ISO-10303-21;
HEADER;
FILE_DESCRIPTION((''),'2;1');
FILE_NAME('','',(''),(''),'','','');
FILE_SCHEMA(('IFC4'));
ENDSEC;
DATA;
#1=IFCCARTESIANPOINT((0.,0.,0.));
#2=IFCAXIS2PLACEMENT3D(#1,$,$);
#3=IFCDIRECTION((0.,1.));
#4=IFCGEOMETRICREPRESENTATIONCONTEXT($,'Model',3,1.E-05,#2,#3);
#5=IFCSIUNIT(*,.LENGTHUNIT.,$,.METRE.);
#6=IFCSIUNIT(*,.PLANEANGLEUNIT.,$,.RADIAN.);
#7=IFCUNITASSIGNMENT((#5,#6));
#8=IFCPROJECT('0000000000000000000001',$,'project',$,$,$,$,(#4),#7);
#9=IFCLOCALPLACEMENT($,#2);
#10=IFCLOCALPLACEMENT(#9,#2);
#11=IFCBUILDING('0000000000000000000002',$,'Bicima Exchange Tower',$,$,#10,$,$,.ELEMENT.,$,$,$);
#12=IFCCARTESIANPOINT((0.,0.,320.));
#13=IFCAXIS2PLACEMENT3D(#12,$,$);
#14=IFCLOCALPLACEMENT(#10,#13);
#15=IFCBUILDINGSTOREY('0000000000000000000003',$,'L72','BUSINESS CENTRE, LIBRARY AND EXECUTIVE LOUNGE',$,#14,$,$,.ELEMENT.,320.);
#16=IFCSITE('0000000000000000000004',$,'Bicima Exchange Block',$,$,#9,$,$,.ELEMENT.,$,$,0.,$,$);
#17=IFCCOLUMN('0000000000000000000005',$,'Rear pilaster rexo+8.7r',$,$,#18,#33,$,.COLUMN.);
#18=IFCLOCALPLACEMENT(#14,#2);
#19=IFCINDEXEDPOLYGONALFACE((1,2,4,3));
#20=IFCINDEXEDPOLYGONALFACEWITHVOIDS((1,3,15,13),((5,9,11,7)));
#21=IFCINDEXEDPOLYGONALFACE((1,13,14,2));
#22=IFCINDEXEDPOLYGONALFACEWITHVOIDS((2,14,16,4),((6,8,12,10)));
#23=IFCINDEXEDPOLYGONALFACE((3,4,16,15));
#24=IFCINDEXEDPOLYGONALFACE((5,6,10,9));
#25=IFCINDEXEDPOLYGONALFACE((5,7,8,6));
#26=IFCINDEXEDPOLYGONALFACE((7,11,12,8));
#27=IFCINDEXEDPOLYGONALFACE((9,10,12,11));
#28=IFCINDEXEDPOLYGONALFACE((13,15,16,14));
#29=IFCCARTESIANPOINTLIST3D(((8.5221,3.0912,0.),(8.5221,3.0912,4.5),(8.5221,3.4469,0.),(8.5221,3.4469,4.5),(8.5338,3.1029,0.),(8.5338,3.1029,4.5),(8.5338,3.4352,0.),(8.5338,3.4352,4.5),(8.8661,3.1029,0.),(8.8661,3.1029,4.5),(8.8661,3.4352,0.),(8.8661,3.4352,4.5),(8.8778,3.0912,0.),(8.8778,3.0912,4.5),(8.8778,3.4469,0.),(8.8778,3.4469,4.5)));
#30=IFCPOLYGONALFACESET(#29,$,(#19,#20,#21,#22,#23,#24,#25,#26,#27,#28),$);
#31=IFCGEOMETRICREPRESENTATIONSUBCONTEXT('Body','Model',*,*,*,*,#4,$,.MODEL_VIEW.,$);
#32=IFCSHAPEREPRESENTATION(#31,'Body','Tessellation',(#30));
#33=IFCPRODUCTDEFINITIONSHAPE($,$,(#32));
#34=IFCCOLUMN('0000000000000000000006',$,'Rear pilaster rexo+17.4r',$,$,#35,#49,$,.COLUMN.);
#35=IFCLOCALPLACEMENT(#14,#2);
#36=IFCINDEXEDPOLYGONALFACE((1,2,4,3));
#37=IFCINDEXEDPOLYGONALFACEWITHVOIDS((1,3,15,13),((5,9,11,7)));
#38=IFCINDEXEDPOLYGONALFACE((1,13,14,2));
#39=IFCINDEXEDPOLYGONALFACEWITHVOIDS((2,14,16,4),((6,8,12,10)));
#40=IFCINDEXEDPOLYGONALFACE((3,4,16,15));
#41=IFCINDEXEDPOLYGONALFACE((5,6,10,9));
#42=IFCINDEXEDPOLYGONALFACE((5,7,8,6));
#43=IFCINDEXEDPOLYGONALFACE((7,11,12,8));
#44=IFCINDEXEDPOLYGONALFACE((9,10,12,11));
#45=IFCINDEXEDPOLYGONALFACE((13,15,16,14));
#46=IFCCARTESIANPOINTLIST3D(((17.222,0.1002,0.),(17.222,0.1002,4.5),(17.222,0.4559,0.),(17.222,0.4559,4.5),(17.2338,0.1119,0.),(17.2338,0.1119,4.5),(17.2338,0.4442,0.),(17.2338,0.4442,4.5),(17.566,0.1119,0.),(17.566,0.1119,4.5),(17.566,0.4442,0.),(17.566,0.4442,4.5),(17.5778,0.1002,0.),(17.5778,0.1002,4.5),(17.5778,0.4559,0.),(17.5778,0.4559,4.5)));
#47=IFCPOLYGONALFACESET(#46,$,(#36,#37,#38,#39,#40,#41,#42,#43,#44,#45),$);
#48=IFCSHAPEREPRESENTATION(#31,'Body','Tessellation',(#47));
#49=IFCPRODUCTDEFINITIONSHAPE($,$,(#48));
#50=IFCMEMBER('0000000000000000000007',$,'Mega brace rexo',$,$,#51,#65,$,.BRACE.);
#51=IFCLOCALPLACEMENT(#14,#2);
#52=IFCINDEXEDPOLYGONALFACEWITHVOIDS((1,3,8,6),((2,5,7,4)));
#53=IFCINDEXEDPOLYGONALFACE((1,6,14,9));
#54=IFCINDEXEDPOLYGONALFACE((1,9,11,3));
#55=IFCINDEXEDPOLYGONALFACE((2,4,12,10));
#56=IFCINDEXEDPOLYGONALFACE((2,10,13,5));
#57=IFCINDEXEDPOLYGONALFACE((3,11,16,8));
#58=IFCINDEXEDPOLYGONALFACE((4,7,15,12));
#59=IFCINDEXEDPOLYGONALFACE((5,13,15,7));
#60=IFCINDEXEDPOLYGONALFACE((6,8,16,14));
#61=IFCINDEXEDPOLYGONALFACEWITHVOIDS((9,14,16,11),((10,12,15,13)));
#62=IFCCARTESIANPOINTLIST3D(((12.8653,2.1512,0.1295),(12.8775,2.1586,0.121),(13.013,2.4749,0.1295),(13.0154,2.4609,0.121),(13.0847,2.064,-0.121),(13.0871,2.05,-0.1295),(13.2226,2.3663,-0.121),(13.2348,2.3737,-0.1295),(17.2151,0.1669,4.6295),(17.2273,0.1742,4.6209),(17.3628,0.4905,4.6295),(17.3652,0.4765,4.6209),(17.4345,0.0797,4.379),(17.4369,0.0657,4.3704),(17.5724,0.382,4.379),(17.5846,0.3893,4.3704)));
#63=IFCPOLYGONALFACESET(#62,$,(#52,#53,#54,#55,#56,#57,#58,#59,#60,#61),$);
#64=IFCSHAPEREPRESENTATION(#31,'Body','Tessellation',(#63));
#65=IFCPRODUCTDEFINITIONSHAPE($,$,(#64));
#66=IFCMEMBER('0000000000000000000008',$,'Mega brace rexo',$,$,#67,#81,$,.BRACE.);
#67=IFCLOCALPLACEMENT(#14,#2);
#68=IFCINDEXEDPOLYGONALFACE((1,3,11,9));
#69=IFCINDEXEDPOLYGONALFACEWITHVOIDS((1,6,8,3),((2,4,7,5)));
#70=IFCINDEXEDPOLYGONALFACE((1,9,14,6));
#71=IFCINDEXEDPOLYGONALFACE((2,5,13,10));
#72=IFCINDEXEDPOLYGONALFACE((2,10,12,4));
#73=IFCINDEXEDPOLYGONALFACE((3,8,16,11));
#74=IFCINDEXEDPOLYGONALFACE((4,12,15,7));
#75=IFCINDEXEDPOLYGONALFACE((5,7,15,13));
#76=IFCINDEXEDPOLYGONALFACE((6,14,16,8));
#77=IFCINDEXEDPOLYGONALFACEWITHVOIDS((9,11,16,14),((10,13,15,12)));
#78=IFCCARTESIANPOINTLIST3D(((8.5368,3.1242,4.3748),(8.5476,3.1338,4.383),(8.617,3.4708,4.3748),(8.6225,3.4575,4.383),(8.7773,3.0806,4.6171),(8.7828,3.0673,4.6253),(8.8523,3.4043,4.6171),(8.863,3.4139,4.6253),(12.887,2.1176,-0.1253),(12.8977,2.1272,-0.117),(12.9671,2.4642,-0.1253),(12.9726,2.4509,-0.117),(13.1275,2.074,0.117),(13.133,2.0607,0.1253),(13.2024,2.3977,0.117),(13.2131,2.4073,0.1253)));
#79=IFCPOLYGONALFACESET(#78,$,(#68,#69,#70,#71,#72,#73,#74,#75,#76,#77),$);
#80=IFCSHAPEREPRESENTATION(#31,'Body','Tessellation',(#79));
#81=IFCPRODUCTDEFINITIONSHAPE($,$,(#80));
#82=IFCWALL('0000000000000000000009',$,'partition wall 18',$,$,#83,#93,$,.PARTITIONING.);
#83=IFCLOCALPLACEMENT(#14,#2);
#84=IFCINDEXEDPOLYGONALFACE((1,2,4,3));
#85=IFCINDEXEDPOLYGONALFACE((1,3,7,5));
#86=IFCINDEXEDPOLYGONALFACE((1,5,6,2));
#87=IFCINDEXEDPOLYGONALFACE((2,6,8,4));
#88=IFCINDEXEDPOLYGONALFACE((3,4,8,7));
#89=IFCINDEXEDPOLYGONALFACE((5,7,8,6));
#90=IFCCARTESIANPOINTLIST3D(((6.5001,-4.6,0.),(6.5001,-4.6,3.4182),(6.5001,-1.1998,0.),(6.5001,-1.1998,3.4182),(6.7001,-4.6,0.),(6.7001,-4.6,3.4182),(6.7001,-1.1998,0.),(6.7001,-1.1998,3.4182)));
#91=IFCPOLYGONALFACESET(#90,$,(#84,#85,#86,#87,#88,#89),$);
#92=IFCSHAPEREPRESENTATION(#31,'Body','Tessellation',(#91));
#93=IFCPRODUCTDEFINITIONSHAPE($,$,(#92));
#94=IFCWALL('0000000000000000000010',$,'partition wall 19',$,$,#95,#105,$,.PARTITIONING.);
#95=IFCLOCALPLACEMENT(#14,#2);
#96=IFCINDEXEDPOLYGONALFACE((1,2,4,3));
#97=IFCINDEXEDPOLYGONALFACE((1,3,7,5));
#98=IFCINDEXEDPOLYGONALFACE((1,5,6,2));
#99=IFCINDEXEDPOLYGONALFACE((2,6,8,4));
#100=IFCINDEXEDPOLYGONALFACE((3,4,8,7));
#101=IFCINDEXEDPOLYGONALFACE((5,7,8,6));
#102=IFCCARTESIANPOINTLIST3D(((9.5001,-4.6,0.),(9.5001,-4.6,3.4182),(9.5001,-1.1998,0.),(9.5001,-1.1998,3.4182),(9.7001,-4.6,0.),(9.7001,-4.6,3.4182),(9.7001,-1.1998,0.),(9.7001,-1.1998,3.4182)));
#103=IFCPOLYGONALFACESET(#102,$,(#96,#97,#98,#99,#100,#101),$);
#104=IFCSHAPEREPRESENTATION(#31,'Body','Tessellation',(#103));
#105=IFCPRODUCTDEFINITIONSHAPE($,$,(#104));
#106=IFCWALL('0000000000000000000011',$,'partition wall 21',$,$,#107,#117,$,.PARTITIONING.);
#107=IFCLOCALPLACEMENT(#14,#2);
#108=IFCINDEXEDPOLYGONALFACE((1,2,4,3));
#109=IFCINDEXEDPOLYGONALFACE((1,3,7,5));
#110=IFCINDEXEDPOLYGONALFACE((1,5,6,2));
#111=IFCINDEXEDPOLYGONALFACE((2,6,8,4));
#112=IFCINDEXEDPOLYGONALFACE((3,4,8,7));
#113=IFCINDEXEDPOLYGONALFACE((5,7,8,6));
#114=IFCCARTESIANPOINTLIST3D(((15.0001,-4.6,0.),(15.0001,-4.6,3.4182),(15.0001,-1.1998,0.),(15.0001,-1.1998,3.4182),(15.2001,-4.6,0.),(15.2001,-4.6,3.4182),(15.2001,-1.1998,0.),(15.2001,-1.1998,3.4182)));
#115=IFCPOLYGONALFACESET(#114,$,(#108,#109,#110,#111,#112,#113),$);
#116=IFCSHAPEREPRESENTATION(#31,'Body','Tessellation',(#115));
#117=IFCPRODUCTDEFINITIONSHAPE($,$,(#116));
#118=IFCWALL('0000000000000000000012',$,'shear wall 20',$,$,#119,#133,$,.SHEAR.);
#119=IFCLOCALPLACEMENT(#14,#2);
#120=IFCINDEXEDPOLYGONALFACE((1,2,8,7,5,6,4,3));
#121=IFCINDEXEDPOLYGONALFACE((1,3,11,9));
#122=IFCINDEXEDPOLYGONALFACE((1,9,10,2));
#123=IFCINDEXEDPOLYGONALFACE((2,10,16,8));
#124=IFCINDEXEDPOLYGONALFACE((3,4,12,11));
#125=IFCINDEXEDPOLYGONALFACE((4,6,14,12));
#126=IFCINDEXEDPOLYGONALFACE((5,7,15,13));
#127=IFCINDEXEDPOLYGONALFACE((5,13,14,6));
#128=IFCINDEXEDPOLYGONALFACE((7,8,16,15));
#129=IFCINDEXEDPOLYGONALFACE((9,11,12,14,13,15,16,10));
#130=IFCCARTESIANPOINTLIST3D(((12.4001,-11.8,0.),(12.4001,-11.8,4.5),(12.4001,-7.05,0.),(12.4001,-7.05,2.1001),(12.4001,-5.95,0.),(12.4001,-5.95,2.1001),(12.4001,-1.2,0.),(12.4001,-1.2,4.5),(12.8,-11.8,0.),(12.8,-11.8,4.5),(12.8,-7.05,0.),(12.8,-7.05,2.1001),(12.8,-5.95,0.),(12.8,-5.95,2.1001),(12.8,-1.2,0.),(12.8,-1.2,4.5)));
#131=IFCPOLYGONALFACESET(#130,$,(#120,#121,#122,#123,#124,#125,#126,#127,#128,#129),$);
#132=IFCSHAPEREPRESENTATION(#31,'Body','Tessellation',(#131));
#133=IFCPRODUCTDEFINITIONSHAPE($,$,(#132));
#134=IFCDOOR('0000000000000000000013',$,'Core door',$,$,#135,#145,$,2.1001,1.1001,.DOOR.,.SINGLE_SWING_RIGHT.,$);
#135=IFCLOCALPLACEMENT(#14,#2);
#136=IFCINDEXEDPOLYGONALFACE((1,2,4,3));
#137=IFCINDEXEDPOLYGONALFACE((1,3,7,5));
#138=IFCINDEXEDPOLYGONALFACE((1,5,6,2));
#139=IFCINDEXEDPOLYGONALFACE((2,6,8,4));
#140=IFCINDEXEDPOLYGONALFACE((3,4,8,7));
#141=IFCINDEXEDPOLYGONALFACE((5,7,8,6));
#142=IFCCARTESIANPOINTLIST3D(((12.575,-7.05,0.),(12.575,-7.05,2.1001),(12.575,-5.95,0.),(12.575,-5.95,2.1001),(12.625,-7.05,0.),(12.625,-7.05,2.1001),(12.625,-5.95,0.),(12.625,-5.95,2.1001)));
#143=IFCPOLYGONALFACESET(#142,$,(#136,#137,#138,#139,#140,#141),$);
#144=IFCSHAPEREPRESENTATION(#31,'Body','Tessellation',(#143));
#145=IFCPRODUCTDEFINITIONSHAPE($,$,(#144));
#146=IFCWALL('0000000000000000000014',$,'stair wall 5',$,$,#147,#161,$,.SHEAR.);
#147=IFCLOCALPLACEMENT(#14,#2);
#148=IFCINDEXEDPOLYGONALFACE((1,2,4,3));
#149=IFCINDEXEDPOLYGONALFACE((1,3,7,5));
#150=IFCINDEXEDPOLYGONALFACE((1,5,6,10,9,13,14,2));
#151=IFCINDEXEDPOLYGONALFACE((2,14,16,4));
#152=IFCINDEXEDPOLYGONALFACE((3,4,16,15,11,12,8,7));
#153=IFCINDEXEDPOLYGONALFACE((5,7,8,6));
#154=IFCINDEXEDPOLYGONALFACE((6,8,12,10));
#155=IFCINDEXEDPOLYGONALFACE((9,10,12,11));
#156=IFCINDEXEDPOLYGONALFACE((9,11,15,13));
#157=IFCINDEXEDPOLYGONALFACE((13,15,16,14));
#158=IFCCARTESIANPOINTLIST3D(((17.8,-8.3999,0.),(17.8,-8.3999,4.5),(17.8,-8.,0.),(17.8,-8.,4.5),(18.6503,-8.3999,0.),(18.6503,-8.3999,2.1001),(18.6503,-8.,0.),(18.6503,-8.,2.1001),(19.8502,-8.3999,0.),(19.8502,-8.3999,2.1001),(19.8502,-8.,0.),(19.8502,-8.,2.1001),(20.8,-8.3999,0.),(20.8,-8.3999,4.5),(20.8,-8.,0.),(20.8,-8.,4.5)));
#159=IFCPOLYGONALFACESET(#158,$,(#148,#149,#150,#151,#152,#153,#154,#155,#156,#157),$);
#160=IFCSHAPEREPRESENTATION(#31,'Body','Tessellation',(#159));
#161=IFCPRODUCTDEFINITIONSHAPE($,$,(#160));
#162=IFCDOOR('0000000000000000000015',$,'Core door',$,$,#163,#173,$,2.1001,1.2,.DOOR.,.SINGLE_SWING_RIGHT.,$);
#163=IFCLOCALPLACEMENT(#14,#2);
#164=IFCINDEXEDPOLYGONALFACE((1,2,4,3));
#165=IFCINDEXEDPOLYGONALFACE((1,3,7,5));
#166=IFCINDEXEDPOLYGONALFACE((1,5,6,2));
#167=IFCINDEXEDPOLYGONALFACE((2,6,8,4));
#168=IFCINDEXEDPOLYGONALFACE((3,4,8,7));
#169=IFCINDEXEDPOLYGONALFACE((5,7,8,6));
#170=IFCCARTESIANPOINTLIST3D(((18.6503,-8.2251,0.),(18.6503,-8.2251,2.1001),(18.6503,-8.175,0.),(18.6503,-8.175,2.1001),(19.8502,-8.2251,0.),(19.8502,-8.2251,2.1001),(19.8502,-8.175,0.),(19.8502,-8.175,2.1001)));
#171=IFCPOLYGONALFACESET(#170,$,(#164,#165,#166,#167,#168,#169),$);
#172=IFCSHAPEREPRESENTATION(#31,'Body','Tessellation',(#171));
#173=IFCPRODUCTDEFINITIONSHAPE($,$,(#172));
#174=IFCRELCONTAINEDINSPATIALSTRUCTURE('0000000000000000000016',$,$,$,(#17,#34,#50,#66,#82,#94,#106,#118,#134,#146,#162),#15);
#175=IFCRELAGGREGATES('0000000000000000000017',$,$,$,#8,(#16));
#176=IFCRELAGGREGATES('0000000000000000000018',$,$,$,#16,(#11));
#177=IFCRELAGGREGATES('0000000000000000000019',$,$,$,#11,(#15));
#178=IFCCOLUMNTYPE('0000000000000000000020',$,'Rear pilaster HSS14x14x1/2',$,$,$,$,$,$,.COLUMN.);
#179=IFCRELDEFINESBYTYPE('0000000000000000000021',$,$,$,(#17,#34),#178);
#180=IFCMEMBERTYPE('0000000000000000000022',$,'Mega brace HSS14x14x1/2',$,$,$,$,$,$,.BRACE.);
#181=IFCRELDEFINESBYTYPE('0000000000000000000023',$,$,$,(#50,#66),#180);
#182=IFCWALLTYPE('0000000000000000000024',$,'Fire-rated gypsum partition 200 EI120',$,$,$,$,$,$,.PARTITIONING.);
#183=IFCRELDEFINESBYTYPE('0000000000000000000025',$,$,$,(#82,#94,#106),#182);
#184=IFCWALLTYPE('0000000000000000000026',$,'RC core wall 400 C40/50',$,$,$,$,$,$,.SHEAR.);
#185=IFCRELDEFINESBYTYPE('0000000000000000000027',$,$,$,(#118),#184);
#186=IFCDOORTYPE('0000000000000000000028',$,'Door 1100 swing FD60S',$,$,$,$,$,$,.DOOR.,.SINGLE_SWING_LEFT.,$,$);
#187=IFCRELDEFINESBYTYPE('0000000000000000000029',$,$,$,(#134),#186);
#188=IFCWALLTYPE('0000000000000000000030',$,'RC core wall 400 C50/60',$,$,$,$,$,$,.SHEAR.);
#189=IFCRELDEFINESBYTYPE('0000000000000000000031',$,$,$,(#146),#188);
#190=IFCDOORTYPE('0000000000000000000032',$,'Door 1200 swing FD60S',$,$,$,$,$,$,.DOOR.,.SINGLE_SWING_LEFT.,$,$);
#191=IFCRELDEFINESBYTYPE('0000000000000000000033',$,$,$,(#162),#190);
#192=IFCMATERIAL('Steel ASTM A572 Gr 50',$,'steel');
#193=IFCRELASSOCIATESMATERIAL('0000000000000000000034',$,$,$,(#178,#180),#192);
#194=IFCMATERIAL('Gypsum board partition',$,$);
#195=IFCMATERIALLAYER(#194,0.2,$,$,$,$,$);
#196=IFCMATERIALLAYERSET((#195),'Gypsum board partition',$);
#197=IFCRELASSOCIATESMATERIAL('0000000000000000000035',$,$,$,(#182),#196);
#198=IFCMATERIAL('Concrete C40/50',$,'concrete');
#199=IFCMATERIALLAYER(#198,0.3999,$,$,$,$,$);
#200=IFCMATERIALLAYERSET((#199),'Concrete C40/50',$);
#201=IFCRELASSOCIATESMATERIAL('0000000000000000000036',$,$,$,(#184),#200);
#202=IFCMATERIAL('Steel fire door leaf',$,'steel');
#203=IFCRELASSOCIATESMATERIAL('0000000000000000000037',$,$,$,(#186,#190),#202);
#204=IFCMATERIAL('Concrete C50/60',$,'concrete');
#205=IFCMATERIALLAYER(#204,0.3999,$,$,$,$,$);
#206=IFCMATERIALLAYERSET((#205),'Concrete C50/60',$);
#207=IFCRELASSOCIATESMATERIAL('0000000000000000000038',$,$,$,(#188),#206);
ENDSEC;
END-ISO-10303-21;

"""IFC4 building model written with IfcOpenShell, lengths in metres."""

from ifc_helpers import new_model, si_unit, direction, frame, frame_2d, origin, origin_2d, place, context, subcontext, project, spatial, rectangle, hollow_rectangle, extrude, material, layer, layer_set, material_profile, profile_set, type_object, element, fill, save


model = new_model("IFC4")

# Units and contexts
model_context = context("Model", 3, precision=1e-05, world=origin(), true_north=direction((0.0, 1.0)))
body_context = subcontext(model_context, "Body", "Model", "MODEL_VIEW")
ifc_project = project(units=[si_unit("LENGTHUNIT", "METRE"), si_unit("PLANEANGLEUNIT", "RADIAN")], contexts=[model_context])

# Site, building, storey
site_placement = place(None, origin())
site = spatial("IfcSite", under=ifc_project, at=site_placement, Name="Bicima Exchange Block", CompositionType="ELEMENT", RefElevation=0.0)
building_placement = place(site_placement, origin())
building = spatial("IfcBuilding", under=site, at=building_placement, Name="Bicima Exchange Tower", CompositionType="ELEMENT")
storey_placement = place(building_placement, frame((0.0, 0.0, 320.0)))
storey = spatial("IfcBuildingStorey", under=building, at=storey_placement, Name="L72", Description="BUSINESS CENTRE, LIBRARY AND EXECUTIVE LOUNGE", CompositionType="ELEMENT", Elevation=320.0)

# Columns
ifc_material_1 = material(Name="Steel ASTM A572 Gr 50", Category="steel")
ifc_material_profile = material_profile(ifc_material_1, hollow_rectangle(XDim=0.3557, YDim=0.3557, WallThickness=0.0117, at=origin_2d()))
ifc_profile_set = profile_set([ifc_material_profile], Name="Steel ASTM A572 Gr 50")
column_type = type_object("IfcColumnType", Name="Rear pilaster HSS14x14x1/2", PredefinedType="COLUMN", material=ifc_profile_set)
for number, where, z_axis, x_axis, name in (
    (1, (8.7, 3.269, 0.0), (0.0, 0.0, 1.0), (1.0, 0.0, 0.0), "Rear pilaster rexo+8.7r"),
    (2, (17.3999, 0.2781, 0.0), (0.0, 0.0, 1.0), (1.0, 0.0, 0.0), "Rear pilaster rexo+17.4r"),
):
    element("IfcColumn", number, at=place(storey_placement, frame(where, z_axis=z_axis, x_axis=x_axis)), inside=storey, type_object=column_type, Name=name, PredefinedType="COLUMN", context=body_context, shape_type="SweptSolid", body=[
        extrude(hollow_rectangle(XDim=0.3557, YDim=0.3557, WallThickness=0.0117, at=origin_2d()), origin(), (0.0, 0.0, 1.0), 4.5),
    ])

# Members
member_type = type_object("IfcMemberType", Name="Mega brace HSS14x14x1/2", PredefinedType="BRACE", material=ifc_profile_set)
member_1_placement = place(storey_placement, frame((13.05, 2.2625, 0.0), z_axis=(0.662508, -0.302232, 0.685376), x_axis=(0.415045, 0.909801, 0.0)))
element("IfcMember", 3, at=member_1_placement, inside=storey, type_object=member_type, Name="Mega brace rexo", PredefinedType="BRACE", context=body_context, shape_type="SweptSolid", body=[
    extrude(hollow_rectangle(XDim=0.3557, YDim=0.3557, WallThickness=0.0117, at=origin_2d()), origin(), (0.0, 0.0, 1.0), 6.5657),
])
member_2_placement = place(storey_placement, frame((13.05, 2.2625, 0.0), z_axis=(-0.686212, 0.158786, 0.709859), x_axis=(-0.225439, -0.974257, 0.0)))
element("IfcMember", 4, at=member_2_placement, inside=storey, type_object=member_type, Name="Mega brace rexo", PredefinedType="BRACE", context=body_context, shape_type="SweptSolid", body=[
    extrude(hollow_rectangle(XDim=0.3557, YDim=0.3557, WallThickness=0.0117, at=origin_2d()), origin(), (0.0, 0.0, 1.0), 6.3394),
])

# Walls
ifc_material_2 = material(Name="Gypsum board partition")
ifc_layer_1 = layer(ifc_material_2, 0.2)
ifc_layer_set_1 = layer_set([ifc_layer_1], Name="Gypsum board partition")
wall_type_1 = type_object("IfcWallType", Name="Fire-rated gypsum partition 200 EI120", PredefinedType="PARTITIONING", material=ifc_layer_set_1)
for number, where, z_axis, x_axis, name in (
    (5, (6.6001, -4.6001, 0.0), (0.0, 0.0, 1.0), (0.0, 1.0, 0.0), "partition wall 18"),
    (6, (9.6001, -4.6001, 0.0), (0.0, 0.0, 1.0), (0.0, 1.0, 0.0), "partition wall 19"),
    (7, (15.1001, -4.6001, 0.0), (0.0, 0.0, 1.0), (0.0, 1.0, 0.0), "partition wall 21"),
):
    element("IfcWall", number, at=place(storey_placement, frame(where, z_axis=z_axis, x_axis=x_axis)), inside=storey, type_object=wall_type_1, Name=name, PredefinedType="PARTITIONING", context=body_context, shape_type="SweptSolid", body=[
        extrude(rectangle(XDim=3.4001, YDim=0.2, at=frame_2d((1.7002, 0.0))), origin(), (0.0, 0.0, 1.0), 3.4182),
    ])

# Walls, openings, doors
ifc_material_3 = material(Name="Concrete C40/50", Category="concrete")
ifc_layer_2 = layer(ifc_material_3, 0.3999)
ifc_layer_set_2 = layer_set([ifc_layer_2], Name="Concrete C40/50")
wall_type_2 = type_object("IfcWallType", Name="RC core wall 400 C40/50", PredefinedType="SHEAR", material=ifc_layer_set_2)
wall_1_placement = place(storey_placement, frame((12.6001, -11.8, 0.0), z_axis=(0.0, 0.0, 1.0), x_axis=(0.0, 1.0, 0.0)))
wall_1 = element("IfcWall", 8, at=wall_1_placement, inside=storey, type_object=wall_type_2, Name="shear wall 20", PredefinedType="SHEAR", context=body_context, shape_type="SweptSolid", body=[
    extrude(rectangle(XDim=10.6001, YDim=0.3999, at=frame_2d((5.3, 0.0))), origin(), (0.0, 0.0, 1.0), 4.5),
])
opening_1_placement = place(wall_1_placement, frame((4.75, 0.0, 0.0)))
opening_1 = element("IfcOpeningElement", 9, at=opening_1_placement, cuts=wall_1, PredefinedType="OPENING", context=body_context, shape_type="SweptSolid", body=[
    extrude(rectangle(XDim=1.1001, YDim=2.1001, at=frame_2d((0.55, 1.05))), frame((0.0, 0.2119, 0.0), z_axis=(0.0, -1.0, 0.0), x_axis=(1.0, 0.0, 0.0)), (0.0, 0.0, 1.0), 0.4238),
])
ifc_material_4 = material(Name="Steel fire door leaf", Category="steel")
door_type_1 = type_object("IfcDoorType", Name="Door 1100 swing FD60S", OperationType="SINGLE_SWING_LEFT", PredefinedType="DOOR", material=ifc_material_4)
door_1_placement = place(opening_1_placement, frame((1.1001, 0.0, 0.0), z_axis=(0.0, 0.0, 1.0), x_axis=(-1.0, 0.0, 0.0)))
door_1 = element("IfcDoor", 10, at=door_1_placement, inside=storey, type_object=door_type_1, Name="Core door", OperationType="SINGLE_SWING_RIGHT", OverallHeight=2.1001, OverallWidth=1.1001, PredefinedType="DOOR", context=body_context, shape_type="SweptSolid", body=[
    extrude(rectangle(XDim=1.1001, YDim=2.1001, at=frame_2d((0.55, 1.05))), frame((0.0, 0.0249, 0.0), z_axis=(0.0, -1.0, 0.0), x_axis=(1.0, 0.0, 0.0)), (0.0, 0.0, 1.0), 0.05),
])
fill(opening_1, door_1)
ifc_material_5 = material(Name="Concrete C50/60", Category="concrete")
ifc_layer_3 = layer(ifc_material_5, 0.3999)
ifc_layer_set_3 = layer_set([ifc_layer_3], Name="Concrete C50/60")
wall_type_3 = type_object("IfcWallType", Name="RC core wall 400 C50/60", PredefinedType="SHEAR", material=ifc_layer_set_3)
wall_2_placement = place(storey_placement, frame((17.8, -8.2, 0.0), z_axis=(0.0, 0.0, 1.0), x_axis=(1.0, 0.0, 0.0)))
wall_2 = element("IfcWall", 11, at=wall_2_placement, inside=storey, type_object=wall_type_3, Name="stair wall 5", PredefinedType="SHEAR", context=body_context, shape_type="SweptSolid", body=[
    extrude(rectangle(XDim=3.0, YDim=0.3999, at=frame_2d((1.5, 0.0))), origin(), (0.0, 0.0, 1.0), 4.5),
])
opening_2_placement = place(wall_2_placement, frame((0.8501, 0.0, 0.0)))
opening_2 = element("IfcOpeningElement", 12, at=opening_2_placement, cuts=wall_2, PredefinedType="OPENING", context=body_context, shape_type="SweptSolid", body=[
    extrude(rectangle(XDim=1.2, YDim=2.1001, at=frame_2d((0.6001, 1.05))), frame((0.0, 0.2119, 0.0), z_axis=(0.0, -1.0, 0.0), x_axis=(1.0, 0.0, 0.0)), (0.0, 0.0, 1.0), 0.4238),
])
door_type_2 = type_object("IfcDoorType", Name="Door 1200 swing FD60S", OperationType="SINGLE_SWING_LEFT", PredefinedType="DOOR", material=ifc_material_4)
door_2_placement = place(opening_2_placement, origin())
door_2 = element("IfcDoor", 13, at=door_2_placement, inside=storey, type_object=door_type_2, Name="Core door", OperationType="SINGLE_SWING_RIGHT", OverallHeight=2.1001, OverallWidth=1.2, PredefinedType="DOOR", context=body_context, shape_type="SweptSolid", body=[
    extrude(rectangle(XDim=1.2, YDim=2.1001, at=frame_2d((0.6001, 1.05))), frame((0.0, 0.0249, 0.0), z_axis=(0.0, -1.0, 0.0), x_axis=(1.0, 0.0, 0.0)), (0.0, 0.0, 1.0), 0.05),
])
fill(opening_2, door_2)

save(model, "model.ifc")
